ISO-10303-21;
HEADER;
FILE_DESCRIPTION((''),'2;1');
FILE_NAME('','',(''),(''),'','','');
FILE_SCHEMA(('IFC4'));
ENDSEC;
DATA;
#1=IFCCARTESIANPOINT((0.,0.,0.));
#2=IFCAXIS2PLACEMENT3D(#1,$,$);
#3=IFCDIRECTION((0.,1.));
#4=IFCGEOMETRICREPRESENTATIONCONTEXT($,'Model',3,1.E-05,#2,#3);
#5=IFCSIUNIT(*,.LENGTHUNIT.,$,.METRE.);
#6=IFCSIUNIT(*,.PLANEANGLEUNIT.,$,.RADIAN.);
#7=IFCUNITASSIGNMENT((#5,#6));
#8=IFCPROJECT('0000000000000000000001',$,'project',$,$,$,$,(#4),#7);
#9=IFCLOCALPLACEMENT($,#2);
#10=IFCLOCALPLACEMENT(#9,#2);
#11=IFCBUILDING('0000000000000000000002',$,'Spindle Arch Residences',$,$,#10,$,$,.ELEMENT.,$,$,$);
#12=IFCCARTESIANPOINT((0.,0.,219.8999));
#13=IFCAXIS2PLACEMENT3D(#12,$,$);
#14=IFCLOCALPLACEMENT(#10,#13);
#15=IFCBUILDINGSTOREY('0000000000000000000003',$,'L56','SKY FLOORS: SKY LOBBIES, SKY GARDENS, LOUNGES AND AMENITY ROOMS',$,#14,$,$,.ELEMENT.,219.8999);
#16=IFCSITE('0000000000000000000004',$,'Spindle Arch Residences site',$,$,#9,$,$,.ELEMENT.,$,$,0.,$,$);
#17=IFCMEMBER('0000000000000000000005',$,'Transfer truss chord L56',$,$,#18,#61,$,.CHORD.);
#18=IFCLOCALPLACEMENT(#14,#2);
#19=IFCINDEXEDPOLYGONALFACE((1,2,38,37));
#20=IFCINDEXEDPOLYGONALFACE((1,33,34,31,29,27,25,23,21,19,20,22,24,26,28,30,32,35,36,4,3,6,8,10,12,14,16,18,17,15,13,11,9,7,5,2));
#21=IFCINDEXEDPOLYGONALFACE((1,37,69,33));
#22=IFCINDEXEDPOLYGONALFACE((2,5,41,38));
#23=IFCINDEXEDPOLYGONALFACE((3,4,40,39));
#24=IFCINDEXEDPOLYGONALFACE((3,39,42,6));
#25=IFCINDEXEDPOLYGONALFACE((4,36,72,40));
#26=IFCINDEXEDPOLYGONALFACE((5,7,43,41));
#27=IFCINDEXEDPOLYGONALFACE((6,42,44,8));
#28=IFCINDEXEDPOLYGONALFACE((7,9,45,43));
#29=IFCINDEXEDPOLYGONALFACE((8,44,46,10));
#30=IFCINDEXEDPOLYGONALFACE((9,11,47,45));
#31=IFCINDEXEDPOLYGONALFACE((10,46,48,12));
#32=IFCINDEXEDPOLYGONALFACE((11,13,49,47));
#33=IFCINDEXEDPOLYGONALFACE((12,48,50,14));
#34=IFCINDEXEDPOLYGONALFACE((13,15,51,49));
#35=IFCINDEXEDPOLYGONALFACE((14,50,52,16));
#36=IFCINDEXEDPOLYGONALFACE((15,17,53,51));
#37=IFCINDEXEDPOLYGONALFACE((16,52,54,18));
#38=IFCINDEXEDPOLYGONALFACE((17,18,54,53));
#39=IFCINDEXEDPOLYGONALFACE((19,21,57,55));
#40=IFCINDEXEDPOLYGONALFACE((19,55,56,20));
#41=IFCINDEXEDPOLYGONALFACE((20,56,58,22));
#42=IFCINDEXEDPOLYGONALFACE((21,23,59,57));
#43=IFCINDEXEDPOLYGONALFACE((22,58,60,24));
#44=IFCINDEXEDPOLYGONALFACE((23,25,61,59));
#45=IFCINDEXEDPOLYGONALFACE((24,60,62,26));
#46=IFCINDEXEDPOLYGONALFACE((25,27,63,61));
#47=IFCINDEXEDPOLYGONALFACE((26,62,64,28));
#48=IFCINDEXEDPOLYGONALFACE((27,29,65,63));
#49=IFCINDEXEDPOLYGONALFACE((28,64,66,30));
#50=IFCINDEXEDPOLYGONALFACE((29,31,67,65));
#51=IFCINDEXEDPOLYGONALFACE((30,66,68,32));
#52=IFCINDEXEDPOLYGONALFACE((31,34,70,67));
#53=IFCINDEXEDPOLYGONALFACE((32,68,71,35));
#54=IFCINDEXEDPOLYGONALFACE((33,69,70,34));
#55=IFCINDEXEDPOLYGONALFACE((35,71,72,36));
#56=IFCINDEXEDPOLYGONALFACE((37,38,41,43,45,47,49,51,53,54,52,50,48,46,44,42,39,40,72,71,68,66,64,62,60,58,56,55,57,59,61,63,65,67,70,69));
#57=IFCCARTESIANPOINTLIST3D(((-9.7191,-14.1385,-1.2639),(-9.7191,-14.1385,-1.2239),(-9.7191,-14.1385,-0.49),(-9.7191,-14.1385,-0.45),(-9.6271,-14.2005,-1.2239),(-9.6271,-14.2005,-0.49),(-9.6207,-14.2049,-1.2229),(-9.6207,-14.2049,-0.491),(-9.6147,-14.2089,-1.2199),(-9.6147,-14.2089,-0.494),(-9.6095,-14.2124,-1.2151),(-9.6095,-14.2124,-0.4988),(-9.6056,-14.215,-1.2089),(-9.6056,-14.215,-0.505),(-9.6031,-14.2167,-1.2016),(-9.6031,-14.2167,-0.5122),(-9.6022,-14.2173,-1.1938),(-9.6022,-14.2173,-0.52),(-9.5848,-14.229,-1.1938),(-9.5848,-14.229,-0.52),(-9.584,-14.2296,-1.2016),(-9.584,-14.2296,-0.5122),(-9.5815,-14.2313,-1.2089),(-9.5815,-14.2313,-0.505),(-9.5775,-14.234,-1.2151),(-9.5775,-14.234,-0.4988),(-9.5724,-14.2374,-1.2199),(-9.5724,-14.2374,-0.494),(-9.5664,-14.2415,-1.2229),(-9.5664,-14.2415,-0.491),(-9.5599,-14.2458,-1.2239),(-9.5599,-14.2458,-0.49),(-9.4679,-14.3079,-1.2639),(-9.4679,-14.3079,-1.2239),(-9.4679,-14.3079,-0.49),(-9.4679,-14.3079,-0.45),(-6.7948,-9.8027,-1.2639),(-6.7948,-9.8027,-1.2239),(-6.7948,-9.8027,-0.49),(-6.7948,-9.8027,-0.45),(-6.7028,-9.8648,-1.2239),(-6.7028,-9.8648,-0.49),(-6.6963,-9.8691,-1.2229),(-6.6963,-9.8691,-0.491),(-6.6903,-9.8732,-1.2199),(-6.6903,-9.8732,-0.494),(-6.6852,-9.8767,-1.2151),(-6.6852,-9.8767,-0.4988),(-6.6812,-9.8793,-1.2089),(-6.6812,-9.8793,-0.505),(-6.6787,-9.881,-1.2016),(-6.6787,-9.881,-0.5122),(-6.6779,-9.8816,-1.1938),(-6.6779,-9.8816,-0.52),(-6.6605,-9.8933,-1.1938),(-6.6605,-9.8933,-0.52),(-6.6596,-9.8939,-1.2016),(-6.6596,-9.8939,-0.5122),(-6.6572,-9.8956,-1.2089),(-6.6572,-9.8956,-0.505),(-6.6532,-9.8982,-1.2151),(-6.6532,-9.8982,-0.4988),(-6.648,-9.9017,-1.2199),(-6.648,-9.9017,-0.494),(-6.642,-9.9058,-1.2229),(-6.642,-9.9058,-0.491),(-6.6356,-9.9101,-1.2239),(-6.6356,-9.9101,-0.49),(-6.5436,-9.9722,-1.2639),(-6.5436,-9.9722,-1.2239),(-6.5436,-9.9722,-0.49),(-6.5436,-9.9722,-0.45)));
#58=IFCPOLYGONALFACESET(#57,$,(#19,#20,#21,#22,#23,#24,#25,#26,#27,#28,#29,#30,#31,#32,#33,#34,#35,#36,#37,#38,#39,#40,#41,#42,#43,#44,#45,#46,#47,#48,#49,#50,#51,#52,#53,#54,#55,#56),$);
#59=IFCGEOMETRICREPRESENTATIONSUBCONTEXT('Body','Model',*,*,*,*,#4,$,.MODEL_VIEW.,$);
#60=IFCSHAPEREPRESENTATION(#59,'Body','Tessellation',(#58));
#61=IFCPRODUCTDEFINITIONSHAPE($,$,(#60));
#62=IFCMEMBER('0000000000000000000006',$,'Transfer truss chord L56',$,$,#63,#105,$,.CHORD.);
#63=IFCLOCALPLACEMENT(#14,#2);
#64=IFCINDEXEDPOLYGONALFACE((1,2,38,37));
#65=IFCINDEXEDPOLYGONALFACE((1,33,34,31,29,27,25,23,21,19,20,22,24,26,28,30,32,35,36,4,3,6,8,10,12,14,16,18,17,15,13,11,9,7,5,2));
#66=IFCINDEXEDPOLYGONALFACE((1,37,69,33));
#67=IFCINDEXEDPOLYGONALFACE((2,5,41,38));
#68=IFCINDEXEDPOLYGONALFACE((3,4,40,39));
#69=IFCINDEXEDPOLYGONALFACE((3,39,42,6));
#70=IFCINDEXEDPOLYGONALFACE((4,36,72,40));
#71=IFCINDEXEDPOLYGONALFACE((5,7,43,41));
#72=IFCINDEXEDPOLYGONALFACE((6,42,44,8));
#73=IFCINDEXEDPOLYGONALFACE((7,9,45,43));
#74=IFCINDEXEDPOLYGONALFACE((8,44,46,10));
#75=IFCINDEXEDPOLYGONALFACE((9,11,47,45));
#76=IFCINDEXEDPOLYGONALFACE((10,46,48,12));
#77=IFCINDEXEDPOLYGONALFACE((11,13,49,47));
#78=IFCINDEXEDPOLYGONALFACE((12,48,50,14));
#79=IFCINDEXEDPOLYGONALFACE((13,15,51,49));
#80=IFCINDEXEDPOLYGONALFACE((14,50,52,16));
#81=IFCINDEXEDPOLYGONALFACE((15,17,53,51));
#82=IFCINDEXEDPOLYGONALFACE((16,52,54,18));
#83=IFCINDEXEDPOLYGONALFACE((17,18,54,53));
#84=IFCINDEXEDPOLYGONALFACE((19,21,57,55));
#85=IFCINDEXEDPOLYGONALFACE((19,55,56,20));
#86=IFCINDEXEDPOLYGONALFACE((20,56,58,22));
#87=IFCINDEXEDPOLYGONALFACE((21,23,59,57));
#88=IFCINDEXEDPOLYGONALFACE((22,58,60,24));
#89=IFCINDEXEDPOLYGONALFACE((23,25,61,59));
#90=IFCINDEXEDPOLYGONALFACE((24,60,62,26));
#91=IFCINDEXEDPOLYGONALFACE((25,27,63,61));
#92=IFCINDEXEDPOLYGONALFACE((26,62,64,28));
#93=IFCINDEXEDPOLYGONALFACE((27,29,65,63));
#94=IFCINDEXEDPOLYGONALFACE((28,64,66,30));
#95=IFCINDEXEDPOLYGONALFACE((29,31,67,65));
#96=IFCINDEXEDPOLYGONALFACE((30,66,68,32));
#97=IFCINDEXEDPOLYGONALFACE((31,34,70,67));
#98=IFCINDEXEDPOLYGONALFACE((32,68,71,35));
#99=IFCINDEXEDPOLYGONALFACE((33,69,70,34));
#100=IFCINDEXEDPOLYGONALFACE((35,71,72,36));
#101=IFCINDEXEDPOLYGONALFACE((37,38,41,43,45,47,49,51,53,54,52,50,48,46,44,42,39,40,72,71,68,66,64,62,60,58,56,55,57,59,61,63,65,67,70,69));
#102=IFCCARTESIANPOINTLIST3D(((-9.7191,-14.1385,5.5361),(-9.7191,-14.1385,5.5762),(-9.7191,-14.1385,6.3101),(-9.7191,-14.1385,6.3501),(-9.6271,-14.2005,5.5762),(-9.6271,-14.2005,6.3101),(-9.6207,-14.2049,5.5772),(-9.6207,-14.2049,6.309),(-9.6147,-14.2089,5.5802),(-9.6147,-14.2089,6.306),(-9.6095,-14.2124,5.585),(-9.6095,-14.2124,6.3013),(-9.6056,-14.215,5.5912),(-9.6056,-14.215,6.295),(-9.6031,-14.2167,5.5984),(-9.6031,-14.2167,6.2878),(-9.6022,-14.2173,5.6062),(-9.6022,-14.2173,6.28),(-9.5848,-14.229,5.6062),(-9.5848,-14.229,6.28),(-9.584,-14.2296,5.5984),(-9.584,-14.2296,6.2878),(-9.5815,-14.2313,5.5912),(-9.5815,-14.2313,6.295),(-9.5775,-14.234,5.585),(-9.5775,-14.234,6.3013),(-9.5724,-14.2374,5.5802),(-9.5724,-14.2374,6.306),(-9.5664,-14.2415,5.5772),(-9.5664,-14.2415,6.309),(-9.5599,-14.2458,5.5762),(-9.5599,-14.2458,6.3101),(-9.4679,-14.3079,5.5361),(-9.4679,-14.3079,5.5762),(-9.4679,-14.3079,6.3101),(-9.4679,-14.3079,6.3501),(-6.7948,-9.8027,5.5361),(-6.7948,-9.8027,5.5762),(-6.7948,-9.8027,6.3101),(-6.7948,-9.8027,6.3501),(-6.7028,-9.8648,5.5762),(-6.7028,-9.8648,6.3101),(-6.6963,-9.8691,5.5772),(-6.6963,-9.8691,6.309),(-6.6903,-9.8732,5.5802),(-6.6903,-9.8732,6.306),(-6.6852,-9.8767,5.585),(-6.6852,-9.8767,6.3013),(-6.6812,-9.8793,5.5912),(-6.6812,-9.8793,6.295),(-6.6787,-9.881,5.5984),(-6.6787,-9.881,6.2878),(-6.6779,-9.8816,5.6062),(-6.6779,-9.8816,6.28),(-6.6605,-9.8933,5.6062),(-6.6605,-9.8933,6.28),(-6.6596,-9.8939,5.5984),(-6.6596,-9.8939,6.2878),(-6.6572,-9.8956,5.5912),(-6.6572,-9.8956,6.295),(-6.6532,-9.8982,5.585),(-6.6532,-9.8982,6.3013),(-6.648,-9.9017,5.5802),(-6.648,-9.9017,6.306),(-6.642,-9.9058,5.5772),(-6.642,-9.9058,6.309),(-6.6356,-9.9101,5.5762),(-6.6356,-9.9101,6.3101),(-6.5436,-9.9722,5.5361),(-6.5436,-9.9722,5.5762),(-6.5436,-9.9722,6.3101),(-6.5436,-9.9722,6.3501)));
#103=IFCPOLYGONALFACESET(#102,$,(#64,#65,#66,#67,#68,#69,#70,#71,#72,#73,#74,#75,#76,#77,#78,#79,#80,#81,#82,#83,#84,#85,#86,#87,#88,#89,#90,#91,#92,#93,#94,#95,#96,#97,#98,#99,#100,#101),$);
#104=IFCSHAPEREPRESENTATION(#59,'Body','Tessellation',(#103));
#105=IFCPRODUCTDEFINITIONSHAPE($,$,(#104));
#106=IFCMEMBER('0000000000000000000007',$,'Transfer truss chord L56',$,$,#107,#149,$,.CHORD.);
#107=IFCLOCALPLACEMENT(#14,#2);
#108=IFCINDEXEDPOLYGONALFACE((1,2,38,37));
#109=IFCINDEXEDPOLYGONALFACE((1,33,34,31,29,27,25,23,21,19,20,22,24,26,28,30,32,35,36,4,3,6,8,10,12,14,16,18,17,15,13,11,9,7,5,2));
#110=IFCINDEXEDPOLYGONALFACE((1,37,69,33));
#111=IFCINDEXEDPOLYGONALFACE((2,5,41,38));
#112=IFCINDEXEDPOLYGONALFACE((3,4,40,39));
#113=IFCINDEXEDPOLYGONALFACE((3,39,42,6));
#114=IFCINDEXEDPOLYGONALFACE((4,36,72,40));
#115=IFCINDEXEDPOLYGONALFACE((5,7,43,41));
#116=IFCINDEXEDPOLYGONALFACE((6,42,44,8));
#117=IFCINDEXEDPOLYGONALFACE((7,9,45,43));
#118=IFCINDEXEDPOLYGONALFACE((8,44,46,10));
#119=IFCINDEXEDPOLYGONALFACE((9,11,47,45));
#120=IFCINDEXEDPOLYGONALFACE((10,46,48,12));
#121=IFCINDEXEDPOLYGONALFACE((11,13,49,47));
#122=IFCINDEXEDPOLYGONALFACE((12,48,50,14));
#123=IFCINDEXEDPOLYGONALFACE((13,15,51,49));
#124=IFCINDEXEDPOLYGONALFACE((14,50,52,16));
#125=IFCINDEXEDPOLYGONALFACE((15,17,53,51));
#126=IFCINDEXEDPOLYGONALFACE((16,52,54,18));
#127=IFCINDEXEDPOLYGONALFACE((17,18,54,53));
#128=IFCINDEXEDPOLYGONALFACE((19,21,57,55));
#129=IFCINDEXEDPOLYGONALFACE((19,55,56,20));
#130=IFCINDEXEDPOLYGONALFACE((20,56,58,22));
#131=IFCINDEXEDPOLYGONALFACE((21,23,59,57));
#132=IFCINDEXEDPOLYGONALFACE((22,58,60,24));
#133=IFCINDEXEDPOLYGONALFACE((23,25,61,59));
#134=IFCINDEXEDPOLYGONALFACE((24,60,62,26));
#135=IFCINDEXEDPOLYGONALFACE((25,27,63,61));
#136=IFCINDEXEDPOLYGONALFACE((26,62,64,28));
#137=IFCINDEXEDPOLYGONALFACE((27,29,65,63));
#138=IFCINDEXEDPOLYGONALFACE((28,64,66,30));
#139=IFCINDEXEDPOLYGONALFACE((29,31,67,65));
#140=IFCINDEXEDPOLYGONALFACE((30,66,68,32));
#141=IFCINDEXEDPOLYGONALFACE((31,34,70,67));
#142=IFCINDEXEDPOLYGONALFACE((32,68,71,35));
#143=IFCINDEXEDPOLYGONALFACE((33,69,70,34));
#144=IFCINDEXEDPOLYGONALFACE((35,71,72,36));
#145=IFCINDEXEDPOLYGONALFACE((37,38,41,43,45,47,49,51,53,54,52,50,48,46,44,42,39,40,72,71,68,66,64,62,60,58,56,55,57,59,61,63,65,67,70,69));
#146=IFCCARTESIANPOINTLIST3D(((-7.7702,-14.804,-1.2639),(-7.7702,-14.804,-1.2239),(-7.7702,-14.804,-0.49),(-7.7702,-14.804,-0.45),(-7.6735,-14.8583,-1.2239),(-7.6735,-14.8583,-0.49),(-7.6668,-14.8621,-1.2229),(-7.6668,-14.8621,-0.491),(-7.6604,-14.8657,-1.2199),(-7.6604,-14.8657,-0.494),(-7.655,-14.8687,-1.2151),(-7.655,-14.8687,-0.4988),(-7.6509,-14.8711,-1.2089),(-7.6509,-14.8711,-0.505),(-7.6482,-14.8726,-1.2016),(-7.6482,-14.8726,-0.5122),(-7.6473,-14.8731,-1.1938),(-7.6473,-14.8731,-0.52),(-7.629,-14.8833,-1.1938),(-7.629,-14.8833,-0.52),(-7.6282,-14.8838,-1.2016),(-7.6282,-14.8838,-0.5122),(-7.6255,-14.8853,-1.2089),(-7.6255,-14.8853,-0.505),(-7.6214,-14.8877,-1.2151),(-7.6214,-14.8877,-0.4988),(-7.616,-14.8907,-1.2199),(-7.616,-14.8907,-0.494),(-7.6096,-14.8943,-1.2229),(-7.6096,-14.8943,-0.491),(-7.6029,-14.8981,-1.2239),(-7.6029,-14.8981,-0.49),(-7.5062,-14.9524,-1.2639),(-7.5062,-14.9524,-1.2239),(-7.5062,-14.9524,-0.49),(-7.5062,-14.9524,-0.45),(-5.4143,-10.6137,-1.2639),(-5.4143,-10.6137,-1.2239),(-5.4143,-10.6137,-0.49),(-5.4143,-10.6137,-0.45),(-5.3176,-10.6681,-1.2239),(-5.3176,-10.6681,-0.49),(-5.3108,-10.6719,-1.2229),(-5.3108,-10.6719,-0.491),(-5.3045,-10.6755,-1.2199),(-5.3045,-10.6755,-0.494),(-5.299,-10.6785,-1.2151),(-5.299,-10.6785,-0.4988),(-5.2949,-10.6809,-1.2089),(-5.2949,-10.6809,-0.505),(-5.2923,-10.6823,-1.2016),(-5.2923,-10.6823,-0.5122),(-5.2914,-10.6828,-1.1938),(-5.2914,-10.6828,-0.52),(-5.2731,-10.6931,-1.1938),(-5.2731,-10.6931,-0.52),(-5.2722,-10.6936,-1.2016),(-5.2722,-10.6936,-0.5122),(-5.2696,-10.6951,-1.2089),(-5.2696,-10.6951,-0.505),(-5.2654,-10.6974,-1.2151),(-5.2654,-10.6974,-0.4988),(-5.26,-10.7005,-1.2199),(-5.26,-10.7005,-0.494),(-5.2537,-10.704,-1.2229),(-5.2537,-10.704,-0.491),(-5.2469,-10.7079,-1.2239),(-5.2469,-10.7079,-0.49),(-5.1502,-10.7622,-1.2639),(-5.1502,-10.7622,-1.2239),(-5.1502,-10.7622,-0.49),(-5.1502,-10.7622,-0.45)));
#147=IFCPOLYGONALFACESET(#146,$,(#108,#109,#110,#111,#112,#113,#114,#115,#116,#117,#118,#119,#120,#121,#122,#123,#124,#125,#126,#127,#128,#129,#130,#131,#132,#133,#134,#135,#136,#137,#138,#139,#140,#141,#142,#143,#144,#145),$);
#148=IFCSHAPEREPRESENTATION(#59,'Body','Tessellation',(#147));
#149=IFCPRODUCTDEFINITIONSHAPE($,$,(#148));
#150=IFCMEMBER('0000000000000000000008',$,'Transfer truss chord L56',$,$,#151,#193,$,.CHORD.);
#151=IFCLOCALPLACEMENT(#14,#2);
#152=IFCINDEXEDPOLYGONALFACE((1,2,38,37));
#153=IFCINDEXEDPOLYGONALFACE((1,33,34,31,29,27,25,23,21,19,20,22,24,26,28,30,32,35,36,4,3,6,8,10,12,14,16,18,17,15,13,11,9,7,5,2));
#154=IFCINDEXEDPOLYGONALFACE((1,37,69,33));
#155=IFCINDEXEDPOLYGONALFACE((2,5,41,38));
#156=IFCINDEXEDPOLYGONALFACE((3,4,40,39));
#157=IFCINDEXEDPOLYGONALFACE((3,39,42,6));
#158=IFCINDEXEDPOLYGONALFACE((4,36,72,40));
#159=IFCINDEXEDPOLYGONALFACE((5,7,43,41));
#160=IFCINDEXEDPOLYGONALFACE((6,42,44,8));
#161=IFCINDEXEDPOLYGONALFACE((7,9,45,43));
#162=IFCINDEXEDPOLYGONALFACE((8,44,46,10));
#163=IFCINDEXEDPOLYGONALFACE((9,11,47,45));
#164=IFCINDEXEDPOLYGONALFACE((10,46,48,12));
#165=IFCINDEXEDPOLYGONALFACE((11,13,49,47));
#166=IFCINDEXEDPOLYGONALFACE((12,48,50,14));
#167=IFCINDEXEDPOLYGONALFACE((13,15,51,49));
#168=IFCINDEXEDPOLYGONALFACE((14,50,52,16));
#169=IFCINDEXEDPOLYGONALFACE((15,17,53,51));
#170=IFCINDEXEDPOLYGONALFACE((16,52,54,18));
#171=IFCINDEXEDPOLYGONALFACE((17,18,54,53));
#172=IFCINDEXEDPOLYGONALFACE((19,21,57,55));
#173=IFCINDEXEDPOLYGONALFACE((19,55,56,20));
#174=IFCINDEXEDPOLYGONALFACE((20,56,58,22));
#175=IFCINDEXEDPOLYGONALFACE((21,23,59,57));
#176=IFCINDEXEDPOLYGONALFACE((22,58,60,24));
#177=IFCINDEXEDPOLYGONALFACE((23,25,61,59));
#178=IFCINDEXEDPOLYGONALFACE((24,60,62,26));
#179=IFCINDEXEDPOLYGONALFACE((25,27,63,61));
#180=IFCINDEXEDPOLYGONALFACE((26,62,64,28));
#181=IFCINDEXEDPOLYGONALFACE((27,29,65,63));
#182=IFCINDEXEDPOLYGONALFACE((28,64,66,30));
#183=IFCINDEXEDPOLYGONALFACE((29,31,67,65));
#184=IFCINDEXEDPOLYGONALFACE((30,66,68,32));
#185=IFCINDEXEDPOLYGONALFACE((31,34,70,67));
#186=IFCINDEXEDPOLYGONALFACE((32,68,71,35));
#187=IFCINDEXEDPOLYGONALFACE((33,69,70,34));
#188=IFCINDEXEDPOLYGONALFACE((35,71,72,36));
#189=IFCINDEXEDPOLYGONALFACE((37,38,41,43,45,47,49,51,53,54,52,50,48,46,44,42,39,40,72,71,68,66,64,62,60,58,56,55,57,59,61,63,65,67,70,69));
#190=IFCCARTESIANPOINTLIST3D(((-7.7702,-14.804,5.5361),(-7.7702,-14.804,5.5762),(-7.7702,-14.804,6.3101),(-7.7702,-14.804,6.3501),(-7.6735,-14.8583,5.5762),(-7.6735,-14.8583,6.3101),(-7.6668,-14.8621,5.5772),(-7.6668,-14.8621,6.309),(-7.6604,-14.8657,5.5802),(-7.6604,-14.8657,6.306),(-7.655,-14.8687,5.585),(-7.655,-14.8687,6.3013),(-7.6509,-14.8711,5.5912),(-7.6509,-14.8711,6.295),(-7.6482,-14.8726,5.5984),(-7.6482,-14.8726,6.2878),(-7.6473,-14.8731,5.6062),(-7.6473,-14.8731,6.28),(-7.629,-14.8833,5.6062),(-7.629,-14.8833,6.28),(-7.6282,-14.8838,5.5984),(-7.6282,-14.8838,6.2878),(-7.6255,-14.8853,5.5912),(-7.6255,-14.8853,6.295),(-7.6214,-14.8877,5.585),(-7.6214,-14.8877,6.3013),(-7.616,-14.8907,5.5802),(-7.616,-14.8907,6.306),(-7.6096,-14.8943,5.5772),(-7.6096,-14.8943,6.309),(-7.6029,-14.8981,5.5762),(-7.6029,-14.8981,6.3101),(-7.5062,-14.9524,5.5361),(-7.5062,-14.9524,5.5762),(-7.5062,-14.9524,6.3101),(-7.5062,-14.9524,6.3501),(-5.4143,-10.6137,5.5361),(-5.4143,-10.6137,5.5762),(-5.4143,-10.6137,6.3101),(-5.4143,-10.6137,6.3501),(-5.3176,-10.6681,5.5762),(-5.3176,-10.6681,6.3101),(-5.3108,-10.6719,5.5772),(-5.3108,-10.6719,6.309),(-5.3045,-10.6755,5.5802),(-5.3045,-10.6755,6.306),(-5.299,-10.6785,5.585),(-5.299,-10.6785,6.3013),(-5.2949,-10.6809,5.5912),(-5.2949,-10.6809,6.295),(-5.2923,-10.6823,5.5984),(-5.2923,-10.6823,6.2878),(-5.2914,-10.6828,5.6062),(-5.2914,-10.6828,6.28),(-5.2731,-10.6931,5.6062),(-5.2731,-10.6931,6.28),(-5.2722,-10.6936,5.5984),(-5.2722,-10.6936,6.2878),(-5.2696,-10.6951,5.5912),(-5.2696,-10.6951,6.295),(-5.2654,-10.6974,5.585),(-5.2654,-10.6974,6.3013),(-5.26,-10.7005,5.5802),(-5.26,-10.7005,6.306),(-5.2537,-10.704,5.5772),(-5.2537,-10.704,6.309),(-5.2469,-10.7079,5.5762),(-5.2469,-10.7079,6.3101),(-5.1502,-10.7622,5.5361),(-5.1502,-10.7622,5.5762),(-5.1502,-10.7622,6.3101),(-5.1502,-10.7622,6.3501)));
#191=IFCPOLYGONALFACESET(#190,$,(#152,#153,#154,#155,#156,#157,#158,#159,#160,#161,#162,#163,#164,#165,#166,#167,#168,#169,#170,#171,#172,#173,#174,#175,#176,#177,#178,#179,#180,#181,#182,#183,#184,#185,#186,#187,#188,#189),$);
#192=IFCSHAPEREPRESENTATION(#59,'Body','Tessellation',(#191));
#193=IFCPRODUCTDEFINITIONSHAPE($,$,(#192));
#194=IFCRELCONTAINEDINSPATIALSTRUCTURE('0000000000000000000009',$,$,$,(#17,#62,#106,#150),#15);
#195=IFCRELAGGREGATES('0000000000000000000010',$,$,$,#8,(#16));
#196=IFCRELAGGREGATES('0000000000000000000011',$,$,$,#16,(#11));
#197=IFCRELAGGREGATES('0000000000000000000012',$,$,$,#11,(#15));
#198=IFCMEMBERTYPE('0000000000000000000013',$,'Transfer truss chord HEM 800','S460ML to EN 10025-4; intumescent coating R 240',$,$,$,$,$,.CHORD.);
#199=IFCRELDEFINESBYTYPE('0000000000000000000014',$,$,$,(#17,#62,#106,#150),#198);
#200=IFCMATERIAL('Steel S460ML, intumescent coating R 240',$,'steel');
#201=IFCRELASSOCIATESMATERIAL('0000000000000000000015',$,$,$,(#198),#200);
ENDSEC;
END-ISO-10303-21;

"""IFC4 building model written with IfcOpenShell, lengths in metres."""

from ifc_helpers import new_model, si_unit, direction, frame, origin, origin_2d, place, context, subcontext, project, spatial, i_section, extrude, material, material_profile, profile_set, type_object, element, save


model = new_model("IFC4")

# Units and contexts
model_context = context("Model", 3, precision=1e-05, world=origin(), true_north=direction((0.0, 1.0)))
body_context = subcontext(model_context, "Body", "Model", "MODEL_VIEW")
ifc_project = project(units=[si_unit("LENGTHUNIT", "METRE"), si_unit("PLANEANGLEUNIT", "RADIAN")], contexts=[model_context])

# Site, building, storey
site_placement = place(None, origin())
site = spatial("IfcSite", under=ifc_project, at=site_placement, Name="Spindle Arch Residences site", CompositionType="ELEMENT", RefElevation=0.0)
building_placement = place(site_placement, origin())
building = spatial("IfcBuilding", under=site, at=building_placement, Name="Spindle Arch Residences", CompositionType="ELEMENT")
storey_placement = place(building_placement, frame((0.0, 0.0, 219.8999)))
storey = spatial("IfcBuildingStorey", under=building, at=storey_placement, Name="L56", Description="SKY FLOORS: SKY LOBBIES, SKY GARDENS, LOUNGES AND AMENITY ROOMS", CompositionType="ELEMENT", Elevation=219.8999)

# Members
ifc_material_1 = material(Name="Steel S460ML, intumescent coating R 240", Category="steel")
ifc_material_profile_1 = material_profile(ifc_material_1, i_section(OverallWidth=0.303, OverallDepth=0.814, WebThickness=0.021, FlangeThickness=0.04, FilletRadius=0.03, at=origin_2d()), Name="HEM 800")
ifc_profile_set_1 = profile_set([ifc_material_profile_1], Name="Steel S460ML, intumescent coating R 240")
member_type_1 = type_object("IfcMemberType", Name="Transfer truss chord HEM 800", Description="S460ML to EN 10025-4; intumescent coating R 240", PredefinedType="CHORD", material=ifc_profile_set_1)
for number, where, z_axis, x_axis, name in (
    (1, (-6.6692, -9.8875, -0.8569), (-0.559174, -0.82905, 0.0), (0.82905, -0.559174, 0.0), "Transfer truss chord L56"),
    (2, (-6.6692, -9.8875, 5.9431), (-0.559174, -0.82905, 0.0), (0.82905, -0.559174, 0.0), "Transfer truss chord L56"),
):
    element("IfcMember", number, at=place(storey_placement, frame(where, z_axis=z_axis, x_axis=x_axis)), inside=storey, type_object=member_type_1, Name=name, PredefinedType="CHORD", context=body_context, shape_type="SweptSolid", body=[
        extrude(i_section(OverallWidth=0.303, OverallDepth=0.814, WebThickness=0.021, FlangeThickness=0.04, FilletRadius=0.03, at=origin_2d()), origin(), (0.0, 0.0, 1.0), 5.2297),
    ])
for number, where, z_axis, x_axis, name in (
    (3, (-5.2822, -10.688, -0.8569), (-0.4901, -0.871666, 0.0), (0.871666, -0.4901, 0.0), "Transfer truss chord L56"),
    (4, (-5.2822, -10.688, 5.9431), (-0.4901, -0.871666, 0.0), (0.871666, -0.4901, 0.0), "Transfer truss chord L56"),
):
    element("IfcMember", number, at=place(storey_placement, frame(where, z_axis=z_axis, x_axis=x_axis)), inside=storey, type_object=member_type_1, Name=name, PredefinedType="CHORD", context=body_context, shape_type="SweptSolid", body=[
        extrude(i_section(OverallWidth=0.303, OverallDepth=0.814, WebThickness=0.021, FlangeThickness=0.04, FilletRadius=0.03, at=origin_2d()), origin(), (0.0, 0.0, 1.0), 4.8071),
    ])

save(model, "model.ifc")
